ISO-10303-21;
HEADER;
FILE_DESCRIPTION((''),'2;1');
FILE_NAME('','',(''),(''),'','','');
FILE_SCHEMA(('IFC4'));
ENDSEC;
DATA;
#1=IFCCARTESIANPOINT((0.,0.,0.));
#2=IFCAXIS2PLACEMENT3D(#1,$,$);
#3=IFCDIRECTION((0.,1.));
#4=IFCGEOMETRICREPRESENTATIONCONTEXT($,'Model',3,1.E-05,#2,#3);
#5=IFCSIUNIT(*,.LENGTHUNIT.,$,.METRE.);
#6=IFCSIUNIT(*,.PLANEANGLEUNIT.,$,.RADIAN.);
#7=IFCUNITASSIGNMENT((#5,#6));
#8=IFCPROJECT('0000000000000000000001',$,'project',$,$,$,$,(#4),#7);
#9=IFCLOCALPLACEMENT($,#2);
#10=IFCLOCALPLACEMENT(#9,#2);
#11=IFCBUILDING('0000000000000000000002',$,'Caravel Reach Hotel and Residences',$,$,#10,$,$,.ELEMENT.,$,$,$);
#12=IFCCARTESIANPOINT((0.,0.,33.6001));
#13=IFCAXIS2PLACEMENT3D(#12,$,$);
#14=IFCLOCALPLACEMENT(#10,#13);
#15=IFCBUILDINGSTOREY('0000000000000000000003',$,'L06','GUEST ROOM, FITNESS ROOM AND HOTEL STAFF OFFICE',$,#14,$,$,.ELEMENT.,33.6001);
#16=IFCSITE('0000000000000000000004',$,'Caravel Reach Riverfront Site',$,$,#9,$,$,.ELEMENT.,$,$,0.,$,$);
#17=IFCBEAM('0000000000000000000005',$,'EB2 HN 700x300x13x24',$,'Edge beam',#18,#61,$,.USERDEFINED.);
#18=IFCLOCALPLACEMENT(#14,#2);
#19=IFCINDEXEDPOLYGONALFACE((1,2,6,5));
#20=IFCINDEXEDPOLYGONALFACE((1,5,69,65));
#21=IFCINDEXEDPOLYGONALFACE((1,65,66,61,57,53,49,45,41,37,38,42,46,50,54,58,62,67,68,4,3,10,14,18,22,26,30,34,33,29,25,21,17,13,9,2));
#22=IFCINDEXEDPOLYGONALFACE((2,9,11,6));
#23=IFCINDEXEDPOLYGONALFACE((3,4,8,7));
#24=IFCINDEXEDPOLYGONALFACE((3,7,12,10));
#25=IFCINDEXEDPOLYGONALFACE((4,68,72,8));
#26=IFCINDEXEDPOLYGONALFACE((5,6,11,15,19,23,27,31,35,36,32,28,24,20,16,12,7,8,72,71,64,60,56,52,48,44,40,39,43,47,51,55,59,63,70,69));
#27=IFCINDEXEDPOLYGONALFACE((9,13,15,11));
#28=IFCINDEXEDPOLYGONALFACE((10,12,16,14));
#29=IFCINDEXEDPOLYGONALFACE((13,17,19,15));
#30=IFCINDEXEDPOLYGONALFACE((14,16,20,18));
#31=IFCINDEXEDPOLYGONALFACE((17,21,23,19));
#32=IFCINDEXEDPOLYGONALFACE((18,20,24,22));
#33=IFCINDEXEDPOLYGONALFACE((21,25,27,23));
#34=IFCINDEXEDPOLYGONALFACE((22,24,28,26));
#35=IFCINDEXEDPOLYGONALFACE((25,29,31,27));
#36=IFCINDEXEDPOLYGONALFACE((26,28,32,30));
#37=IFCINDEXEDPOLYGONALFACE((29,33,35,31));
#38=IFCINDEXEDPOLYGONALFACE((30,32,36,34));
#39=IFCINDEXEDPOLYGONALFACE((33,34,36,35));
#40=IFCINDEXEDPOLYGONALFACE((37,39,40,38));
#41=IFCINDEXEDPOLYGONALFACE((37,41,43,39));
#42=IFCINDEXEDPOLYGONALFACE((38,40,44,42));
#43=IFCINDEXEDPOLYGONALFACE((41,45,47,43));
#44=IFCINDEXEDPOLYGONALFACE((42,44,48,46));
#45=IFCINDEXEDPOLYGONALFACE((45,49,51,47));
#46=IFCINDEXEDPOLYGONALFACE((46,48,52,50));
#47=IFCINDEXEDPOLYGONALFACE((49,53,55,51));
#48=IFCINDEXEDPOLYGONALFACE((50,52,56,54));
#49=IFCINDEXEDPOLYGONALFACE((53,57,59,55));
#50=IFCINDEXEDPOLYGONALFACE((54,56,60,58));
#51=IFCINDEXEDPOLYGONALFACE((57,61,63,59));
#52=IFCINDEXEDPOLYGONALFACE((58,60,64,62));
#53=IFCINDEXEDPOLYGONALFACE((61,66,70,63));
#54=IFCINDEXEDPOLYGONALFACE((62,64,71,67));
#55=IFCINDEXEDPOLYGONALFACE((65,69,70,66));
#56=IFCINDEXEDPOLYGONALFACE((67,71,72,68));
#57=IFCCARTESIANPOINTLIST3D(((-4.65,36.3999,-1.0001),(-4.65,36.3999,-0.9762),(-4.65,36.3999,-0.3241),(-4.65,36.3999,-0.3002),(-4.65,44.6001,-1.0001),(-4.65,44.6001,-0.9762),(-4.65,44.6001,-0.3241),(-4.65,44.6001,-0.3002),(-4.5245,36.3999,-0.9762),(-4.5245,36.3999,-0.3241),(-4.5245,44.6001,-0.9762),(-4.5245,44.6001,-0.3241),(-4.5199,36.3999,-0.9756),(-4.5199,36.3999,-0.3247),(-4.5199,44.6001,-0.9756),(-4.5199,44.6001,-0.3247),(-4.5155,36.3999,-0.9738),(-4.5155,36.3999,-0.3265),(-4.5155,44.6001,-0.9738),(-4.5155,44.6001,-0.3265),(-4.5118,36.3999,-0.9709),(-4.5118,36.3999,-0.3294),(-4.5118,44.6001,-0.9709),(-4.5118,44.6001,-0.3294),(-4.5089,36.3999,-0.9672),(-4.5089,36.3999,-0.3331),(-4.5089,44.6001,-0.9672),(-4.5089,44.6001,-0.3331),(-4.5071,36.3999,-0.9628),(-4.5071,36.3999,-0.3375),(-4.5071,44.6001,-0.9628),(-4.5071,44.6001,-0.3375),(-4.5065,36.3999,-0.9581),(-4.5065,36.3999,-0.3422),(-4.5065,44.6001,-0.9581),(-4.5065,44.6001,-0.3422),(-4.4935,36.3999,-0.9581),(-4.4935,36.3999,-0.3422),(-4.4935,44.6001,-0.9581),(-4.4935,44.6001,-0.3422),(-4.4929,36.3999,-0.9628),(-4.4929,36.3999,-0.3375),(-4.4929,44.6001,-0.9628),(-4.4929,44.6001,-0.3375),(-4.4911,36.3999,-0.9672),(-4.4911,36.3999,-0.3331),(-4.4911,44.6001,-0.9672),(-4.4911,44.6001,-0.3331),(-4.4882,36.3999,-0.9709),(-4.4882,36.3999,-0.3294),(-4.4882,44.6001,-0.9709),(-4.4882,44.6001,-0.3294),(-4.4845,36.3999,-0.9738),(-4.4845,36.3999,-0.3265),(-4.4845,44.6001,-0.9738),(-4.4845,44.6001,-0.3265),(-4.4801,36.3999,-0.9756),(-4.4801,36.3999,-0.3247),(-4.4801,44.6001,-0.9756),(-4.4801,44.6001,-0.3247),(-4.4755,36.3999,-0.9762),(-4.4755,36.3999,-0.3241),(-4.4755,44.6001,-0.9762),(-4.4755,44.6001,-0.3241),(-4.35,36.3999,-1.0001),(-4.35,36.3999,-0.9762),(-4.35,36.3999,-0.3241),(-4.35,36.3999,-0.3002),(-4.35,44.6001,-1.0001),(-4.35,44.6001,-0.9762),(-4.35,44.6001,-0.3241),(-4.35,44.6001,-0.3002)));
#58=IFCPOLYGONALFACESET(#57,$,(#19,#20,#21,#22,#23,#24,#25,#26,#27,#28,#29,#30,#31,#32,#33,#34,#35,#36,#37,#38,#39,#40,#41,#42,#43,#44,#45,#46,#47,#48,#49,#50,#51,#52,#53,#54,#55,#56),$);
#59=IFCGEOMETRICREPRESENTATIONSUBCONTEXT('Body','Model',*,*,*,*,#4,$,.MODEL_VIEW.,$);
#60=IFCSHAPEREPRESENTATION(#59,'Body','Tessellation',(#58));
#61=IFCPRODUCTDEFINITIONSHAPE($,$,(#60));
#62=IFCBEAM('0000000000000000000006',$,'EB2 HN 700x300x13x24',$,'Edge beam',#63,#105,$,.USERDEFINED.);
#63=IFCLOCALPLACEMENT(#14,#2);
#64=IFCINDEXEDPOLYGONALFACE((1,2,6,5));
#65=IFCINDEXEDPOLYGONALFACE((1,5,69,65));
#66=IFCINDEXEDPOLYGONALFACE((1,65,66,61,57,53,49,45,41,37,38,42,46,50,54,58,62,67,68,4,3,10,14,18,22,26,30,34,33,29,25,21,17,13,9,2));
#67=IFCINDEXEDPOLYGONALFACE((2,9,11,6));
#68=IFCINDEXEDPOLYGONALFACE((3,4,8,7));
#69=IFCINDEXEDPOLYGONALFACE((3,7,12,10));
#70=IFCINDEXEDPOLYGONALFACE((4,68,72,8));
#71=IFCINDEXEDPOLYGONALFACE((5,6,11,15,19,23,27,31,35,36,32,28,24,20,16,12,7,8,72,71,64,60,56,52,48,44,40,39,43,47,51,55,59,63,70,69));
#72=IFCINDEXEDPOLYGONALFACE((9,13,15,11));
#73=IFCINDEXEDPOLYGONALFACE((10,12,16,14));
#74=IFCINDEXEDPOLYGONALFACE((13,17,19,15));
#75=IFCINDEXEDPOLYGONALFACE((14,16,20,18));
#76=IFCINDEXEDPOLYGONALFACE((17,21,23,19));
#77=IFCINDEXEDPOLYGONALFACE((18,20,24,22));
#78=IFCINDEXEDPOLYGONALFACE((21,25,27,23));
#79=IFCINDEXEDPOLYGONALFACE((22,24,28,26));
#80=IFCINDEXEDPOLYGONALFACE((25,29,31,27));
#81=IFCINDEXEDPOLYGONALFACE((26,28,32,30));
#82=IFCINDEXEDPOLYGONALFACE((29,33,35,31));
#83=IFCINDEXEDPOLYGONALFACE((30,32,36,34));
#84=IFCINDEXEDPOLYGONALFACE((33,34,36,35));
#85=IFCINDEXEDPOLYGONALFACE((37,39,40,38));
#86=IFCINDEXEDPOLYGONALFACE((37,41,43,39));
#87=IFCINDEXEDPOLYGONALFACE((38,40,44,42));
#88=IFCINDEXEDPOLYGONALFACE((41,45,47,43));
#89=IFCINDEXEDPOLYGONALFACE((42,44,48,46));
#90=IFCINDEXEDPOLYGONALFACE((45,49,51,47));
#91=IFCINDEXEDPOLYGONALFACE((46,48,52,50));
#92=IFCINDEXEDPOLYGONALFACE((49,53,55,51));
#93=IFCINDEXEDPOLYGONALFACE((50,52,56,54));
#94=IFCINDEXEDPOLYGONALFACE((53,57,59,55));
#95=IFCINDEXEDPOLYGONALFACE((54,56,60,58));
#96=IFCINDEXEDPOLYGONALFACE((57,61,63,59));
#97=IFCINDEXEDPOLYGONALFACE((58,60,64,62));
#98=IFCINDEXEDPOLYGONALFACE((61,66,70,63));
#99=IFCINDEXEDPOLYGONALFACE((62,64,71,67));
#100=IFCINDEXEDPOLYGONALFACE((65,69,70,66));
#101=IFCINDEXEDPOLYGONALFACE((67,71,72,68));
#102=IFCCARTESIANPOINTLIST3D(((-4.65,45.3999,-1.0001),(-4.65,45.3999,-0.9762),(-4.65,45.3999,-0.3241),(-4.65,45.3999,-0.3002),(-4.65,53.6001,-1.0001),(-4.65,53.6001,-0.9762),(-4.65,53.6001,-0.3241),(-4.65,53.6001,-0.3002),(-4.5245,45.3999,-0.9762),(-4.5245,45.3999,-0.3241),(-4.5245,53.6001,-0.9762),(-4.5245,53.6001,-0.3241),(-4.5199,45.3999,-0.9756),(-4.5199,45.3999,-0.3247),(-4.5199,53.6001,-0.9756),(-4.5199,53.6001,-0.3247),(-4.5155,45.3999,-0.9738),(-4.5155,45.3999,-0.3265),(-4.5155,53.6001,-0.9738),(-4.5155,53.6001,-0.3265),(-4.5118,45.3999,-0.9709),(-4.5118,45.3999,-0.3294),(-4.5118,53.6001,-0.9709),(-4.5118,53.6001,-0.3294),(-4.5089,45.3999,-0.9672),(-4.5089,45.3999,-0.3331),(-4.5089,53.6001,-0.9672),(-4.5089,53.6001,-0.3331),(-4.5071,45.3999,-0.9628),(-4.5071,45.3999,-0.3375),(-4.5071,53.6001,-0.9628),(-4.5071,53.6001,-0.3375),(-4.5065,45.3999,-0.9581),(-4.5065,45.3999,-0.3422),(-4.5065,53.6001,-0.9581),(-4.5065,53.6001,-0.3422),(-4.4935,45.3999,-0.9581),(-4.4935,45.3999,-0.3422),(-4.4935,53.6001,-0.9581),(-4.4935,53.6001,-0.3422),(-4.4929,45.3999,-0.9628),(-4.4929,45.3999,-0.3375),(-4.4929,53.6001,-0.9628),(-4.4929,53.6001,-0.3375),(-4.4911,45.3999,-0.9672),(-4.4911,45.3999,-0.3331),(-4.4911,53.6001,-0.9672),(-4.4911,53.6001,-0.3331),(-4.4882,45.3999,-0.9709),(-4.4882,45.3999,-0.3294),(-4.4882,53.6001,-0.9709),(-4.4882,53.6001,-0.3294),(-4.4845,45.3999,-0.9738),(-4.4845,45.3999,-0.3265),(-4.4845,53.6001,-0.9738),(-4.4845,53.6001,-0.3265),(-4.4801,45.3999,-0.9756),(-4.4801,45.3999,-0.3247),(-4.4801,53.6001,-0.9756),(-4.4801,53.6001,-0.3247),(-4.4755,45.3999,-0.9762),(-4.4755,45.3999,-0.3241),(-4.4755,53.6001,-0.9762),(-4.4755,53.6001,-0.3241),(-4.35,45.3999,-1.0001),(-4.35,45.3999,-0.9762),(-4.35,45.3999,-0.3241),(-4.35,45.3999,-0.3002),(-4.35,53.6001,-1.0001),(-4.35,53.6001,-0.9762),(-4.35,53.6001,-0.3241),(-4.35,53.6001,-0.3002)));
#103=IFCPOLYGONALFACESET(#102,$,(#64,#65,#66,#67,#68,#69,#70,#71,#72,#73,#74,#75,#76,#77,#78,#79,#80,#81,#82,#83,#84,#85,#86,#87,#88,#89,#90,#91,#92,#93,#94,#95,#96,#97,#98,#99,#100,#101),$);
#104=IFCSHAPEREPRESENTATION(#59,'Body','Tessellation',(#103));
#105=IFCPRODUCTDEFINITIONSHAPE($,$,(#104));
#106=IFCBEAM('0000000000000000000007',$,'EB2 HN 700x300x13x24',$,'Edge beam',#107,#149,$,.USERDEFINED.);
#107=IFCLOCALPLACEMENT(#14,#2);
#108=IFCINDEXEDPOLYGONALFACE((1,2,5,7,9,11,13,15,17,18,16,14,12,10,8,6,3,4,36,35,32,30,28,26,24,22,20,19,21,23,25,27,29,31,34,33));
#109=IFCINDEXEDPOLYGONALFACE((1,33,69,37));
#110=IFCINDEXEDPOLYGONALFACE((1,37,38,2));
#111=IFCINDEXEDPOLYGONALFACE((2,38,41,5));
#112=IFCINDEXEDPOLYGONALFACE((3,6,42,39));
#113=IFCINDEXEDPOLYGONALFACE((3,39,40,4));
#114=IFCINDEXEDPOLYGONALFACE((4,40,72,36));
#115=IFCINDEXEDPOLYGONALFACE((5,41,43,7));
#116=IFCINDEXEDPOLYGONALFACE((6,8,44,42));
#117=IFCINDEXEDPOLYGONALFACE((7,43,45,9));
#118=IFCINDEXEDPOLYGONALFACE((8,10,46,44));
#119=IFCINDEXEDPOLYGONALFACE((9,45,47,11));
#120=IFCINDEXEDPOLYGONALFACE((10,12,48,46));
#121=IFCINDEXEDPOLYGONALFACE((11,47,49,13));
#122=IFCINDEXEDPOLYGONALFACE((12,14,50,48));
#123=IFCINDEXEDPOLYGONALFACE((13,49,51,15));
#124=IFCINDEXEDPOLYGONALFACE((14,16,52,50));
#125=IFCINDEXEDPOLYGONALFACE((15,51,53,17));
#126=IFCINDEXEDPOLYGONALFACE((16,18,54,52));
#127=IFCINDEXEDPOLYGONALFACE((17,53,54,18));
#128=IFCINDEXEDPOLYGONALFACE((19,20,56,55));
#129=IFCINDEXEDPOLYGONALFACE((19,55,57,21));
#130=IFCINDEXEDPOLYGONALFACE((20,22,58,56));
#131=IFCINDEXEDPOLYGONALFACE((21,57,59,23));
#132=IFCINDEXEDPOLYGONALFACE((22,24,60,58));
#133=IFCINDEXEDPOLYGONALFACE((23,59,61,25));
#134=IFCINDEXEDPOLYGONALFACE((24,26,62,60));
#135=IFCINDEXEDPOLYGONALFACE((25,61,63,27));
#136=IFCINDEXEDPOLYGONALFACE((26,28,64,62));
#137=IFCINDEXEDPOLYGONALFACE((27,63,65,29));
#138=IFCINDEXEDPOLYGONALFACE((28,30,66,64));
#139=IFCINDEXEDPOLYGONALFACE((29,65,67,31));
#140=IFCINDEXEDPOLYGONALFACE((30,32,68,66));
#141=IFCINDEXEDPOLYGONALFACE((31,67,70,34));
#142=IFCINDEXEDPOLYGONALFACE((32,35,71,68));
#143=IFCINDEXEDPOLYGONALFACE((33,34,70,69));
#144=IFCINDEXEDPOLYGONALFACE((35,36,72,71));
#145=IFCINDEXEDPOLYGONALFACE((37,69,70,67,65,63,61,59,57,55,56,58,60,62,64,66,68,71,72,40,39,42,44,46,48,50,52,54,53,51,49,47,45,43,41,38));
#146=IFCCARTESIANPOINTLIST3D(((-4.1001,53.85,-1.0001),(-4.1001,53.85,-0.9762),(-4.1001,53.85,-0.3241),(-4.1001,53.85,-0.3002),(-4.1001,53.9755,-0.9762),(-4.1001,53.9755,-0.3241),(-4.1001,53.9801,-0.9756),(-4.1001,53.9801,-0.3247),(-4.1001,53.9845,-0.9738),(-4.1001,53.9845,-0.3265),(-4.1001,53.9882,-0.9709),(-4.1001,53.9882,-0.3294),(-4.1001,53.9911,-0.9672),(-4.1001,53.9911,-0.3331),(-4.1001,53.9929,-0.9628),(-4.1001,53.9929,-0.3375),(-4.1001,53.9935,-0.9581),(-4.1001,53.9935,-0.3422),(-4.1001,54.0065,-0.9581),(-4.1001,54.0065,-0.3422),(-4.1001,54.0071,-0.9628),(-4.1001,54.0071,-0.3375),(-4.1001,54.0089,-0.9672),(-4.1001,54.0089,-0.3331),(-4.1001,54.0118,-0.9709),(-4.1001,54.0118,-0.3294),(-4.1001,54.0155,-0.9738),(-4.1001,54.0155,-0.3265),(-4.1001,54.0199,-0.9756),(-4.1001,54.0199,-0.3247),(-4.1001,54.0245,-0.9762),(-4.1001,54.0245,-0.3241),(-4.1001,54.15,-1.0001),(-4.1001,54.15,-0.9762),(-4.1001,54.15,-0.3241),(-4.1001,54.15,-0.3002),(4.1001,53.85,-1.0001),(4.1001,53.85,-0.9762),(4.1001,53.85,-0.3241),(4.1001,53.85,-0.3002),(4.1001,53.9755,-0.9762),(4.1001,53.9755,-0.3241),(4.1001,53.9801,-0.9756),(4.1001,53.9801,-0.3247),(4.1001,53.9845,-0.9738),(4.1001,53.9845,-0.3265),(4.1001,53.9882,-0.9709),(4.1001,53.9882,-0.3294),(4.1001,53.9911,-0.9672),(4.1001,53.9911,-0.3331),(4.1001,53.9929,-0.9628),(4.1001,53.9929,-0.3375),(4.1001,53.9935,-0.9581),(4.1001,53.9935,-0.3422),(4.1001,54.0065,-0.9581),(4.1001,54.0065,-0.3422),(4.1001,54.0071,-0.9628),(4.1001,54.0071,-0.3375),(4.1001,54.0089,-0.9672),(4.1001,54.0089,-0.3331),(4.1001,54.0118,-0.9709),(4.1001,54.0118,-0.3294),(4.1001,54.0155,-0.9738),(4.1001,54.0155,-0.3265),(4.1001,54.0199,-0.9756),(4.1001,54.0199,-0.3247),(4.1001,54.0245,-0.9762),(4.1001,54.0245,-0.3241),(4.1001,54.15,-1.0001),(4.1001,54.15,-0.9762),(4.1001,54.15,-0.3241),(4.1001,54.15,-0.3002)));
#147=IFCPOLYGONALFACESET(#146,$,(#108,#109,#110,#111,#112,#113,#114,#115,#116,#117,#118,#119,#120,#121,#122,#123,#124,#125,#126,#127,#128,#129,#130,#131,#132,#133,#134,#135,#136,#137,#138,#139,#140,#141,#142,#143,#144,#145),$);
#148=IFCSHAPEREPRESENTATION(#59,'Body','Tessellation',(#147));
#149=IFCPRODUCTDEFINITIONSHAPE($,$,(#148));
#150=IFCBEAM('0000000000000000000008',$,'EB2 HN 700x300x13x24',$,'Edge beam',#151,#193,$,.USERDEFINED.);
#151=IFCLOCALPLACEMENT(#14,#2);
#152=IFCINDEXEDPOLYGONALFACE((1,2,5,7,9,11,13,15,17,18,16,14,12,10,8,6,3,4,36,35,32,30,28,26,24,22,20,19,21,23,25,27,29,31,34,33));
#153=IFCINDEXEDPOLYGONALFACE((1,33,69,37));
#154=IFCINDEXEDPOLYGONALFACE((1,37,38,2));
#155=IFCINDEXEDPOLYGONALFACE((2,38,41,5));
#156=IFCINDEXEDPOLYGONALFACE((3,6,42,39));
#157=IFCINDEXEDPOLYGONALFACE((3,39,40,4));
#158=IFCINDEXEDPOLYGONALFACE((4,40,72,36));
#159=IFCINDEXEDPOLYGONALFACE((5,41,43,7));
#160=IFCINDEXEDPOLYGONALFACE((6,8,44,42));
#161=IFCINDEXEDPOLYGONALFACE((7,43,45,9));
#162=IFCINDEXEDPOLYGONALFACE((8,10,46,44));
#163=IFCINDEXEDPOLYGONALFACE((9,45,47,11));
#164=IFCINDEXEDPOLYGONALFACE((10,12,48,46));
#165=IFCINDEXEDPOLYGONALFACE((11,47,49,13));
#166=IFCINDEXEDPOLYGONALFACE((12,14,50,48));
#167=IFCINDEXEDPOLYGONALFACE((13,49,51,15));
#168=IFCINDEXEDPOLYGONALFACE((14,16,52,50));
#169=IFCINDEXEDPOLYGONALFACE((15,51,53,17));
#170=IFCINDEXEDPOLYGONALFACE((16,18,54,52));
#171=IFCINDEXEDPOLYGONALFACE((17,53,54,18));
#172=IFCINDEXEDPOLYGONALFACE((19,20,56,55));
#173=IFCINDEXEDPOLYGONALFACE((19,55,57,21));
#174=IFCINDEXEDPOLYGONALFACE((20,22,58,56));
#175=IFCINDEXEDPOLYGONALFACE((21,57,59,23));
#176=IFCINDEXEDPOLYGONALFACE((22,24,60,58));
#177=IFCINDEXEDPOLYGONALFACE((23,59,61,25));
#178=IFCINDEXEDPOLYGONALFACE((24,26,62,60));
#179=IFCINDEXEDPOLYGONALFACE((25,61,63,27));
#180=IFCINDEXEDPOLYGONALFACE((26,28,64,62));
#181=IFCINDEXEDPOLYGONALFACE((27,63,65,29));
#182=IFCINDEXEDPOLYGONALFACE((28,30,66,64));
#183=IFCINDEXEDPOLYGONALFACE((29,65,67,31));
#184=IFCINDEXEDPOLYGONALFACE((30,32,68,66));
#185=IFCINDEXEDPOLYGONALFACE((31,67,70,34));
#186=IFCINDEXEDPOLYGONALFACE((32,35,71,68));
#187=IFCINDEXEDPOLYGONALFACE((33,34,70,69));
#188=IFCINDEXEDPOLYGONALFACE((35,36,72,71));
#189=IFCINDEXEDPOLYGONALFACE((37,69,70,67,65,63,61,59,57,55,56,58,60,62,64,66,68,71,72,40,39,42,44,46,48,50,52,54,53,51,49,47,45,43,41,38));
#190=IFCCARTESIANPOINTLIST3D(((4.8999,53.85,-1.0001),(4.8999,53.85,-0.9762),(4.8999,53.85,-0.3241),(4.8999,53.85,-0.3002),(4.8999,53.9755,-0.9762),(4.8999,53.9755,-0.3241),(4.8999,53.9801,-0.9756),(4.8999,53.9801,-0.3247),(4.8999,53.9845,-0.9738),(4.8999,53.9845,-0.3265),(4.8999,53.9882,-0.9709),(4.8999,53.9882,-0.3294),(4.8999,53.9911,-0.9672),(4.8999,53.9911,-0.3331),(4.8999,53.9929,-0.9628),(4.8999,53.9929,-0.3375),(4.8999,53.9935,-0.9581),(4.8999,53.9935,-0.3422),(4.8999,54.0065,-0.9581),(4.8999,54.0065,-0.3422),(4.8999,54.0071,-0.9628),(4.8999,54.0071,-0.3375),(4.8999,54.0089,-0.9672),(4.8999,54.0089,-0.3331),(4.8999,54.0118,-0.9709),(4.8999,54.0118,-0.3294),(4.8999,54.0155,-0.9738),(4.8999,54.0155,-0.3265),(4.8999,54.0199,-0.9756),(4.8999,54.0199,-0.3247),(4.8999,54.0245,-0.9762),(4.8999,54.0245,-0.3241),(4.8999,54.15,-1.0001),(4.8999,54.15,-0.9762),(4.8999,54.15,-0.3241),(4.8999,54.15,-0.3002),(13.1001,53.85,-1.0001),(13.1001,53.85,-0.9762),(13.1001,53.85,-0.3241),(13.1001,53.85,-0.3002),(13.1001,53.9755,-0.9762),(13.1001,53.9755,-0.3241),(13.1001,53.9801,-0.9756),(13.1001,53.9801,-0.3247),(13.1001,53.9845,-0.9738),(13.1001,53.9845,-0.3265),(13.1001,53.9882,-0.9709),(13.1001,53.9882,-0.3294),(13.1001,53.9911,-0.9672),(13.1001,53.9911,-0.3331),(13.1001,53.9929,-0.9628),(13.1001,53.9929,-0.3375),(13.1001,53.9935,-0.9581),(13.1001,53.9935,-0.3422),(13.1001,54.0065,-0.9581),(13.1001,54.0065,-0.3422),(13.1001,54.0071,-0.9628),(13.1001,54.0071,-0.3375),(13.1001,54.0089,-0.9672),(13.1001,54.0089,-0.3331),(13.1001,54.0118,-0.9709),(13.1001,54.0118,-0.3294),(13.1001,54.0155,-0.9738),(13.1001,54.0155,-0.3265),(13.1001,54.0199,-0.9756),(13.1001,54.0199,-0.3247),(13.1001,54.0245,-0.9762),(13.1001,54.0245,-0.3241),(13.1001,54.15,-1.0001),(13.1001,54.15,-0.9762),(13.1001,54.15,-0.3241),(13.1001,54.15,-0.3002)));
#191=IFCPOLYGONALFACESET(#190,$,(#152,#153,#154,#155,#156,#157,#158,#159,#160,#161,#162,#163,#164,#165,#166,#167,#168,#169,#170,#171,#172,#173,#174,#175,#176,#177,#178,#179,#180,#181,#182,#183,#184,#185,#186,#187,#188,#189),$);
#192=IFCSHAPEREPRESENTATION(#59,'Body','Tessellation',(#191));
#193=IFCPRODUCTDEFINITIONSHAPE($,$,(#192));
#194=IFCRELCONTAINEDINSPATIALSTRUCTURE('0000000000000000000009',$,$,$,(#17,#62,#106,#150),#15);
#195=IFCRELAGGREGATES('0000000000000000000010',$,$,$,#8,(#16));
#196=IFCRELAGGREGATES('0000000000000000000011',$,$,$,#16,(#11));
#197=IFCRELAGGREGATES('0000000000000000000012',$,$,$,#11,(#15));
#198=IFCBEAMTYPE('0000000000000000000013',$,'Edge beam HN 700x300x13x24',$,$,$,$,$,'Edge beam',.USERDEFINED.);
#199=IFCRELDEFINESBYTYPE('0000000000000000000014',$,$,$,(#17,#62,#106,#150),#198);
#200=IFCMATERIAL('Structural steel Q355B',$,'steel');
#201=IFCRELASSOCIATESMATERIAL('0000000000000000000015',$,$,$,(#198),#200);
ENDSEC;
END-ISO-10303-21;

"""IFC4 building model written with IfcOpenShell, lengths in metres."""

from ifc_helpers import new_model, si_unit, direction, frame, origin, origin_2d, place, context, subcontext, project, spatial, i_section, extrude, material, material_profile, profile_set, type_object, element, save


model = new_model("IFC4")

# Units and contexts
model_context = context("Model", 3, precision=1e-05, world=origin(), true_north=direction((0.0, 1.0)))
body_context = subcontext(model_context, "Body", "Model", "MODEL_VIEW")
ifc_project = project(units=[si_unit("LENGTHUNIT", "METRE"), si_unit("PLANEANGLEUNIT", "RADIAN")], contexts=[model_context])

# Site, building, storey
site_placement = place(None, origin())
site = spatial("IfcSite", under=ifc_project, at=site_placement, Name="Caravel Reach Riverfront Site", CompositionType="ELEMENT", RefElevation=0.0)
building_placement = place(site_placement, origin())
building = spatial("IfcBuilding", under=site, at=building_placement, Name="Caravel Reach Hotel and Residences", CompositionType="ELEMENT")
storey_placement = place(building_placement, frame((0.0, 0.0, 33.6001)))
storey = spatial("IfcBuildingStorey", under=building, at=storey_placement, Name="L06", Description="GUEST ROOM, FITNESS ROOM AND HOTEL STAFF OFFICE", CompositionType="ELEMENT", Elevation=33.6001)

# Beams
ifc_material_1 = material(Name="Structural steel Q355B", Category="steel")
ifc_material_profile = material_profile(ifc_material_1, i_section(OverallWidth=0.3, OverallDepth=0.7, WebThickness=0.0129, FlangeThickness=0.0239, FilletRadius=0.0181, at=origin_2d()), Name="HN 700x300x13x24")
ifc_profile_set = profile_set([ifc_material_profile], Name="Structural steel Q355B")
beam_type = type_object("IfcBeamType", Name="Edge beam HN 700x300x13x24", ElementType="Edge beam", PredefinedType="USERDEFINED", material=ifc_profile_set)
for number, where, z_axis, x_axis, name in (
    (1, (-4.5, 36.3999, -0.6501), (0.0, 1.0, 0.0), (-1.0, 0.0, 0.0), "EB2 HN 700x300x13x24"),
    (2, (-4.5, 45.3999, -0.6501), (0.0, 1.0, 0.0), (-1.0, 0.0, 0.0), "EB2 HN 700x300x13x24"),
    (3, (-4.1001, 54.0, -0.6501), (1.0, 0.0, 0.0), (0.0, 1.0, 0.0), "EB2 HN 700x300x13x24"),
    (4, (4.8999, 54.0, -0.6501), (1.0, 0.0, 0.0), (0.0, 1.0, 0.0), "EB2 HN 700x300x13x24"),
):
    element("IfcBeam", number, at=place(storey_placement, frame(where, z_axis=z_axis, x_axis=x_axis)), inside=storey, type_object=beam_type, Name=name, ObjectType="Edge beam", PredefinedType="USERDEFINED", context=body_context, shape_type="SweptSolid", body=[
        extrude(i_section(OverallWidth=0.3, OverallDepth=0.7, WebThickness=0.0129, FlangeThickness=0.0239, FilletRadius=0.0181, at=origin_2d()), origin(), (0.0, 0.0, 1.0), 8.2002),
    ])

save(model, "model.ifc")
